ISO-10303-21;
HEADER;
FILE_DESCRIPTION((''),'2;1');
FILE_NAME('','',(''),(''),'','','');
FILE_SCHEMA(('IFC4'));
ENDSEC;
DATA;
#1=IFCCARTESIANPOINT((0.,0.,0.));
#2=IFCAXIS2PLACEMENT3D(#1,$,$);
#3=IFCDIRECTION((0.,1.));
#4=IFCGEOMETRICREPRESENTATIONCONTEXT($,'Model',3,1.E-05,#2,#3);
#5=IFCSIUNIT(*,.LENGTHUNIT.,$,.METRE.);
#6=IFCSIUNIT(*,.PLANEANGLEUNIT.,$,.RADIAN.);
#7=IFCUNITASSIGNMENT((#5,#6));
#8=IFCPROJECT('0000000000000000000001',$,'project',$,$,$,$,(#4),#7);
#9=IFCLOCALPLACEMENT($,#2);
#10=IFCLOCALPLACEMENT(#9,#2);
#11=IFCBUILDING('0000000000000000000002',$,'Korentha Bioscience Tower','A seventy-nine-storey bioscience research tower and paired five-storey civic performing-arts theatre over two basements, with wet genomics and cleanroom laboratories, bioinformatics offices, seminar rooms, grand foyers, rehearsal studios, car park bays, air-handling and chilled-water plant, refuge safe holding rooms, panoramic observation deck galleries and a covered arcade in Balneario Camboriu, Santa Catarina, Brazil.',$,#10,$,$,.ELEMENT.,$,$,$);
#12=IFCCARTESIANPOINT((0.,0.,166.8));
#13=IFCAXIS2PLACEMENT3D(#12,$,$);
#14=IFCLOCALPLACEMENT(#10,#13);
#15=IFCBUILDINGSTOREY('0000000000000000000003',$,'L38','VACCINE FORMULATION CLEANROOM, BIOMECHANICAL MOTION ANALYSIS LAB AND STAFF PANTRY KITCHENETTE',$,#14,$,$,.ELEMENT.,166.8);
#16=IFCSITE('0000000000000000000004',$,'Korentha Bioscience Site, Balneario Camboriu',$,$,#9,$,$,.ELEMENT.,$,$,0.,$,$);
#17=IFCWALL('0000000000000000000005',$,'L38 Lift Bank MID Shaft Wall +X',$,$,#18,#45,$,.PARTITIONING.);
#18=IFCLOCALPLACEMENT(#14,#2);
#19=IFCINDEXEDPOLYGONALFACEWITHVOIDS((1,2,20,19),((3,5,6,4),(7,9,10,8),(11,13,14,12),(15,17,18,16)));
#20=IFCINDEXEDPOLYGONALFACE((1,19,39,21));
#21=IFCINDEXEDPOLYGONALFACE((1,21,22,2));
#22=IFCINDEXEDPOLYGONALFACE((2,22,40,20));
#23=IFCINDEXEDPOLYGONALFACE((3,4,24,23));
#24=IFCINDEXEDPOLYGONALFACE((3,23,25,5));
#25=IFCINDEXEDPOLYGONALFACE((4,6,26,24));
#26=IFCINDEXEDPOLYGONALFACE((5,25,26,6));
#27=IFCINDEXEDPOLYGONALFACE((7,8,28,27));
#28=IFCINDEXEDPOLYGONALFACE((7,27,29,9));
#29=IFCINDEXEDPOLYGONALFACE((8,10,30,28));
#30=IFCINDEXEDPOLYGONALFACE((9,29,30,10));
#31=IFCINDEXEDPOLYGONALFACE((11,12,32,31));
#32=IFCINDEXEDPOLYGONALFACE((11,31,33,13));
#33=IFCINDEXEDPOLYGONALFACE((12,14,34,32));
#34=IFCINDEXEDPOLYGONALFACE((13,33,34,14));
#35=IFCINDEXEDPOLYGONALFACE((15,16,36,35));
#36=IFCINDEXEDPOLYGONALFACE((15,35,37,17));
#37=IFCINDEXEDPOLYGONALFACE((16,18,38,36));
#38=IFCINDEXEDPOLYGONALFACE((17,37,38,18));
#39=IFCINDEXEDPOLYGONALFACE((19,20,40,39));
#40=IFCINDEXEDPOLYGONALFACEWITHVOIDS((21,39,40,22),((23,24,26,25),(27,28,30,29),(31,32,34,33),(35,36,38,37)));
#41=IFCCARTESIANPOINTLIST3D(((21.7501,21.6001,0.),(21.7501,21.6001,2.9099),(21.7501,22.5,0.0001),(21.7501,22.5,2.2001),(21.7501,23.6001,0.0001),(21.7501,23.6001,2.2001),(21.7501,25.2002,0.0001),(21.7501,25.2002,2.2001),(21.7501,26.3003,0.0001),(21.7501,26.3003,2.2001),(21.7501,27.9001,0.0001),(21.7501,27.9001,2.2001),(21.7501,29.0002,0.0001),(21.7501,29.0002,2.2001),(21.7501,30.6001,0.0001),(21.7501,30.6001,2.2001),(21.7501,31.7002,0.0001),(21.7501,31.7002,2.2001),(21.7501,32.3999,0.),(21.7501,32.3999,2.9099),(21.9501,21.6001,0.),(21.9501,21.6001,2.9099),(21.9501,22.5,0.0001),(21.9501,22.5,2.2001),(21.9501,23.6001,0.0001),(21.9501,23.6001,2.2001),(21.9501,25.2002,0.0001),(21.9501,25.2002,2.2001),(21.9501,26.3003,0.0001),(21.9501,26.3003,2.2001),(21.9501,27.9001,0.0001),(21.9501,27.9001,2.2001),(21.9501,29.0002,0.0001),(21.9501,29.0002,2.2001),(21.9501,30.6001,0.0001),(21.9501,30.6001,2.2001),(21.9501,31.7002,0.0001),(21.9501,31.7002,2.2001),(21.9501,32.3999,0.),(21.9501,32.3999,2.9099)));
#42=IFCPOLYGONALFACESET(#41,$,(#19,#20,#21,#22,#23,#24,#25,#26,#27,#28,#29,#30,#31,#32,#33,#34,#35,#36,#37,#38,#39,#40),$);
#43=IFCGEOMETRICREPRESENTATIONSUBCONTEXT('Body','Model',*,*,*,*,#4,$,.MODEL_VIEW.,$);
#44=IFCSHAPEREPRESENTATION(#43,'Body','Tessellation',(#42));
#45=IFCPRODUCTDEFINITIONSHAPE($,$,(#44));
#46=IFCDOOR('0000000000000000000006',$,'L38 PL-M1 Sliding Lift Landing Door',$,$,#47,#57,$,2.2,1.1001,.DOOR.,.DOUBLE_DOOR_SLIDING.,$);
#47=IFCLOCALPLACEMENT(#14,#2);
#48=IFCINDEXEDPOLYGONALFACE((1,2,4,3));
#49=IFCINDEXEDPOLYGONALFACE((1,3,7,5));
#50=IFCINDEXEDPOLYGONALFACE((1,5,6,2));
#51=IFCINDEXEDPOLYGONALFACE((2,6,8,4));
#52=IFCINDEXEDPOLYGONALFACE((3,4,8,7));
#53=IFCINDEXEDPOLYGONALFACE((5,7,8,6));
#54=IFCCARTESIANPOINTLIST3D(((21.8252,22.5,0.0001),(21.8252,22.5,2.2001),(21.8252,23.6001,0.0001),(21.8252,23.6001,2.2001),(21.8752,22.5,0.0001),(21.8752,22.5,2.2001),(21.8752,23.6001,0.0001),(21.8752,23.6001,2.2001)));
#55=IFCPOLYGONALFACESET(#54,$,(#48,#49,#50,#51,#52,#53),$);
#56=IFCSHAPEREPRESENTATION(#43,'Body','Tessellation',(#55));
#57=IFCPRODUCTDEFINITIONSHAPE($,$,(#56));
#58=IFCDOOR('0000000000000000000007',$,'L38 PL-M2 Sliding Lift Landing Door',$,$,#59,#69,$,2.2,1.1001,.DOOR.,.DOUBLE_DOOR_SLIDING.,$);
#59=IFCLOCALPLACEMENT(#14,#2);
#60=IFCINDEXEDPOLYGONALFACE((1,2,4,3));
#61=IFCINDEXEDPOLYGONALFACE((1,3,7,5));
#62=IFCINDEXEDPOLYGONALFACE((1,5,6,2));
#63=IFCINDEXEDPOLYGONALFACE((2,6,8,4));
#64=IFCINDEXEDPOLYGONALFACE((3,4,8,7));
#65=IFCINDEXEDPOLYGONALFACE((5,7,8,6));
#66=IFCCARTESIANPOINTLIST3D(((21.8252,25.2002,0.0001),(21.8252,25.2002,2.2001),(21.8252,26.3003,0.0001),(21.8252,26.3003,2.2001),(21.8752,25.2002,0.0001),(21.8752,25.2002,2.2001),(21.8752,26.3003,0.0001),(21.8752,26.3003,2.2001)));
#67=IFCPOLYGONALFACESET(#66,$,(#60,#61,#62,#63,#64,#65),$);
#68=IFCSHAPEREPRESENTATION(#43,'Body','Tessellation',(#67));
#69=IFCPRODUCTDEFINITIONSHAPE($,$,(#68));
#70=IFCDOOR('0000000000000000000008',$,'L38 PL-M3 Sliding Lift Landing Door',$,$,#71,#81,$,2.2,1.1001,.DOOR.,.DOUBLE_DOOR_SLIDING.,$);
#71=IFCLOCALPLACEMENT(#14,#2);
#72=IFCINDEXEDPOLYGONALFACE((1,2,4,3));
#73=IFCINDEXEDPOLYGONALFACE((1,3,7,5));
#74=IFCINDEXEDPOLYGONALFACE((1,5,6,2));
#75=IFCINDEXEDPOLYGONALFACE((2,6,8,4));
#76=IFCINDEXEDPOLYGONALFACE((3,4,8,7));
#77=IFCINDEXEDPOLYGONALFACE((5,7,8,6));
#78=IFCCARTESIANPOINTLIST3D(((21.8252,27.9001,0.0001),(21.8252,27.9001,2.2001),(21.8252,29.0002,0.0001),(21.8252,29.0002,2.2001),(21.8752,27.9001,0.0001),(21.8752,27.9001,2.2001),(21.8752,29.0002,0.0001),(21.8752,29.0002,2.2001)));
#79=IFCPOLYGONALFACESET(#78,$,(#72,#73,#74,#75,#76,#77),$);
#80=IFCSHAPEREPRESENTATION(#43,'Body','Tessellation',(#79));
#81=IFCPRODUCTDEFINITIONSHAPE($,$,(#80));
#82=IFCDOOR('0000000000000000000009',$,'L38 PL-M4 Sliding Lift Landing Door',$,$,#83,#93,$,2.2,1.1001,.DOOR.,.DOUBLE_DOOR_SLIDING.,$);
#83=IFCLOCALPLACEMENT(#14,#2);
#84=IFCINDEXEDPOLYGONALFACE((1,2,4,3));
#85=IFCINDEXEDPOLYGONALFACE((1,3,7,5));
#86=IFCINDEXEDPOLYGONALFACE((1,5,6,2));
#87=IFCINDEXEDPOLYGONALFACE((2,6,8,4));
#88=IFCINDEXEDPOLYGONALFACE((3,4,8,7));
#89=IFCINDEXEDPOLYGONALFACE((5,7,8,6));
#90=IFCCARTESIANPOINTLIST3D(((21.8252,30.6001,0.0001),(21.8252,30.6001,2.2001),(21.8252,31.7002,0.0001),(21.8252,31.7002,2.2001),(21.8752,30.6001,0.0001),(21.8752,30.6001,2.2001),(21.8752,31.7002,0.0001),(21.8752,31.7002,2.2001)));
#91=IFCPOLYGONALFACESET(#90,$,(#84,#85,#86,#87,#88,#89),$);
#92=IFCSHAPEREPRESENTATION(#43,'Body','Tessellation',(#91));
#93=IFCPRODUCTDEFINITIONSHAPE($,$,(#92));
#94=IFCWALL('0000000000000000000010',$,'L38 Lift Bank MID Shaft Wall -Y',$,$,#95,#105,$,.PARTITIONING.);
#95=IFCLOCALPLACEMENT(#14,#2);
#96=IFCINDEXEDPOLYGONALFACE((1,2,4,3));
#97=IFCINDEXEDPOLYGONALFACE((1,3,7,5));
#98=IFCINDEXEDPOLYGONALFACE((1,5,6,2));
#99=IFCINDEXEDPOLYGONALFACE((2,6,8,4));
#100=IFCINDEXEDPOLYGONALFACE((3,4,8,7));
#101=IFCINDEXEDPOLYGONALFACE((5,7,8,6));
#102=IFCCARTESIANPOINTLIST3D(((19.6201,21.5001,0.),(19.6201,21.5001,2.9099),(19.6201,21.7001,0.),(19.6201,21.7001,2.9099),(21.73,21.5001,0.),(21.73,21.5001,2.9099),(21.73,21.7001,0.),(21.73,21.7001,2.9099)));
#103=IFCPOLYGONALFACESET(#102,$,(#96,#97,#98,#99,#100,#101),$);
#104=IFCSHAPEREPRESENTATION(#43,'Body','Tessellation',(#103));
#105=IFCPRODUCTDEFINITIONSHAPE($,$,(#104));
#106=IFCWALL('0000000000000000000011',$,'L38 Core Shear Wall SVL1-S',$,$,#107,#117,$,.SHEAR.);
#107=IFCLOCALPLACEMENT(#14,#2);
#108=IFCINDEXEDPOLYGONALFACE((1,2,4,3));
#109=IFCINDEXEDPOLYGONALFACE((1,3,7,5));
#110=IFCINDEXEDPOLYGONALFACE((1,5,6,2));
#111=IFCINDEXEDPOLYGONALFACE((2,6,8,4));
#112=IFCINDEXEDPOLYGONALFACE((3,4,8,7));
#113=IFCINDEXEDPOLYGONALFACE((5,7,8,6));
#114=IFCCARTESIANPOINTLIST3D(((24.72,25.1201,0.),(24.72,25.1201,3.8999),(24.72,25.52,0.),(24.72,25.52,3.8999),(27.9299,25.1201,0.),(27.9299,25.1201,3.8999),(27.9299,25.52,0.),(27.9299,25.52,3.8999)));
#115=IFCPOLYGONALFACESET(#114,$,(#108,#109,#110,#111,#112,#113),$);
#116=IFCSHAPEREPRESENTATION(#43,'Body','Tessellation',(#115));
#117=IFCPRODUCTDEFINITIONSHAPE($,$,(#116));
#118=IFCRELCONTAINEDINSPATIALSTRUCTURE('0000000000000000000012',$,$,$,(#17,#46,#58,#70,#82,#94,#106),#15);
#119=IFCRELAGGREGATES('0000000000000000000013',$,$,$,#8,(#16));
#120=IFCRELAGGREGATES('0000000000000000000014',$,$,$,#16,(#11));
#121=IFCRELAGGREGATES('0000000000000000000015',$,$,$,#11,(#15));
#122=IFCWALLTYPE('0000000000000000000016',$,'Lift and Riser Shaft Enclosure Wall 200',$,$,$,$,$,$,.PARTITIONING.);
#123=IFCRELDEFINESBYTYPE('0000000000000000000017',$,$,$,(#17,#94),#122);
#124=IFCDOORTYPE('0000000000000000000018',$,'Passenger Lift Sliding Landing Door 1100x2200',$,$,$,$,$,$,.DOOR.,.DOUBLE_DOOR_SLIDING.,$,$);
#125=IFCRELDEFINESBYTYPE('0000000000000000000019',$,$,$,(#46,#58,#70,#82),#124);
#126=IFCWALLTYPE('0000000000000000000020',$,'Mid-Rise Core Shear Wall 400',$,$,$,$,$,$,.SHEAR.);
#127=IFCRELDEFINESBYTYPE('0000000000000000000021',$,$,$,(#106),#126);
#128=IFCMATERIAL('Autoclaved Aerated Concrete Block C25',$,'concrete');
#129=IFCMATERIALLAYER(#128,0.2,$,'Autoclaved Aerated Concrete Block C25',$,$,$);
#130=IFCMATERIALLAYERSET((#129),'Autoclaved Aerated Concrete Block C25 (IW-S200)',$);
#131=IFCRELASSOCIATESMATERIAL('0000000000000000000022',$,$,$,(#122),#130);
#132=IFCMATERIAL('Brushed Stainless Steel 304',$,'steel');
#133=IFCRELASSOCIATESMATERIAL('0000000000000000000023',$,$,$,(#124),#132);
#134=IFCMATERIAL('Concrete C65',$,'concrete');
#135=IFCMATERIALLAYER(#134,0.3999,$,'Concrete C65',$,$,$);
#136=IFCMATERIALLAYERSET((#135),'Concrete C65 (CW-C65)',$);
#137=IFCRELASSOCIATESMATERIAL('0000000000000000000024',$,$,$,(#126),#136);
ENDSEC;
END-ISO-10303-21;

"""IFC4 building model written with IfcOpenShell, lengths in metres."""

from ifc_helpers import new_model, si_unit, direction, frame, frame_2d, origin, place, context, subcontext, project, spatial, rectangle, extrude, material, layer, layer_set, type_object, element, fill, save


model = new_model("IFC4")

# Units and contexts
model_context = context("Model", 3, precision=1e-05, world=origin(), true_north=direction((0.0, 1.0)))
body_context = subcontext(model_context, "Body", "Model", "MODEL_VIEW")
ifc_project = project(units=[si_unit("LENGTHUNIT", "METRE"), si_unit("PLANEANGLEUNIT", "RADIAN")], contexts=[model_context])

# Site, building, storey
site_placement = place(None, origin())
site = spatial("IfcSite", under=ifc_project, at=site_placement, Name="Korentha Bioscience Site, Balneario Camboriu", CompositionType="ELEMENT", RefElevation=0.0)
building_placement = place(site_placement, origin())
building = spatial("IfcBuilding", under=site, at=building_placement, Name="Korentha Bioscience Tower", Description="A seventy-nine-storey bioscience research tower and paired five-storey civic performing-arts theatre over two basements, with wet genomics and cleanroom laboratories, bioinformatics offices, seminar rooms, grand foyers, rehearsal studios, car park bays, air-handling and chilled-water plant, refuge safe holding rooms, panoramic observation deck galleries and a covered arcade in Balneario Camboriu, Santa Catarina, Brazil.", CompositionType="ELEMENT")
storey_placement = place(building_placement, frame((0.0, 0.0, 166.8)))
storey = spatial("IfcBuildingStorey", under=building, at=storey_placement, Name="L38", Description="VACCINE FORMULATION CLEANROOM, BIOMECHANICAL MOTION ANALYSIS LAB AND STAFF PANTRY KITCHENETTE", CompositionType="ELEMENT", Elevation=166.8)

# Shared definitions
ifc_material_1 = material(Name="Concrete C65", Category="concrete")

# Shared definitions
ifc_material_2 = material(Name="Autoclaved Aerated Concrete Block C25", Category="concrete")
ifc_layer_1 = layer(ifc_material_2, 0.2, Name="Autoclaved Aerated Concrete Block C25")
ifc_layer_set_1 = layer_set([ifc_layer_1], Name="Autoclaved Aerated Concrete Block C25 (IW-S200)")
wall_type_1 = type_object("IfcWallType", Name="Lift and Riser Shaft Enclosure Wall 200", PredefinedType="PARTITIONING", material=ifc_layer_set_1)

# Wall, openings, doors
wall_1_placement = place(storey_placement, frame((21.8501, 21.6001, 0.0), z_axis=(0.0, 0.0, 1.0), x_axis=(0.0, 1.0, 0.0)))
wall_1 = element("IfcWall", 1, at=wall_1_placement, inside=storey, type_object=wall_type_1, Name="L38 Lift Bank MID Shaft Wall +X", PredefinedType="PARTITIONING", context=body_context, shape_type="SweptSolid", body=[
    extrude(rectangle(XDim=10.7998, YDim=0.2, at=frame_2d((5.3999, 0.0))), origin(), (0.0, 0.0, 1.0), 2.9099),
])
opening_1_placement = place(wall_1_placement, frame((0.8999, 0.0, 0.0)))
opening_1 = element("IfcOpeningElement", 2, at=opening_1_placement, cuts=wall_1, PredefinedType="OPENING", context=body_context, shape_type="SweptSolid", body=[
    extrude(rectangle(XDim=1.1001, YDim=2.2, at=frame_2d((0.55, 1.1001))), frame((0.0, 0.1147, 0.0), z_axis=(0.0, -1.0, 0.0), x_axis=(1.0, 0.0, 0.0)), (0.0, 0.0, 1.0), 0.2297),
])
opening_2_placement = place(wall_1_placement, frame((3.6001, 0.0, 0.0)))
opening_2 = element("IfcOpeningElement", 3, at=opening_2_placement, cuts=wall_1, PredefinedType="OPENING", context=body_context, shape_type="SweptSolid", body=[
    extrude(rectangle(XDim=1.1001, YDim=2.2, at=frame_2d((0.55, 1.1001))), frame((0.0, 0.1147, 0.0), z_axis=(0.0, -1.0, 0.0), x_axis=(1.0, 0.0, 0.0)), (0.0, 0.0, 1.0), 0.2297),
])
opening_3_placement = place(wall_1_placement, frame((6.3, 0.0, 0.0)))
opening_3 = element("IfcOpeningElement", 4, at=opening_3_placement, cuts=wall_1, PredefinedType="OPENING", context=body_context, shape_type="SweptSolid", body=[
    extrude(rectangle(XDim=1.1001, YDim=2.2, at=frame_2d((0.55, 1.1001))), frame((0.0, 0.1147, 0.0), z_axis=(0.0, -1.0, 0.0), x_axis=(1.0, 0.0, 0.0)), (0.0, 0.0, 1.0), 0.2297),
])
opening_4_placement = place(wall_1_placement, frame((9.0, 0.0, 0.0)))
opening_4 = element("IfcOpeningElement", 5, at=opening_4_placement, cuts=wall_1, PredefinedType="OPENING", context=body_context, shape_type="SweptSolid", body=[
    extrude(rectangle(XDim=1.1001, YDim=2.2, at=frame_2d((0.55, 1.1001))), frame((0.0, 0.1147, 0.0), z_axis=(0.0, -1.0, 0.0), x_axis=(1.0, 0.0, 0.0)), (0.0, 0.0, 1.0), 0.2297),
])
ifc_material_3 = material(Name="Brushed Stainless Steel 304", Category="steel")
door_type_1 = type_object("IfcDoorType", Name="Passenger Lift Sliding Landing Door 1100x2200", OperationType="DOUBLE_DOOR_SLIDING", PredefinedType="DOOR", material=ifc_material_3)
door_1_placement = place(opening_1_placement, origin())
door_1 = element("IfcDoor", 6, at=door_1_placement, inside=storey, type_object=door_type_1, Name="L38 PL-M1 Sliding Lift Landing Door", OperationType="DOUBLE_DOOR_SLIDING", OverallHeight=2.2, OverallWidth=1.1001, PredefinedType="DOOR", context=body_context, shape_type="SweptSolid", body=[
    extrude(rectangle(XDim=1.1001, YDim=2.2, at=frame_2d((0.55, 1.1001))), frame((0.0, 0.0249, 0.0), z_axis=(0.0, -1.0, 0.0), x_axis=(1.0, 0.0, 0.0)), (0.0, 0.0, 1.0), 0.05),
])
fill(opening_1, door_1)
door_2_placement = place(opening_2_placement, origin())
door_2 = element("IfcDoor", 7, at=door_2_placement, inside=storey, type_object=door_type_1, Name="L38 PL-M2 Sliding Lift Landing Door", OperationType="DOUBLE_DOOR_SLIDING", OverallHeight=2.2, OverallWidth=1.1001, PredefinedType="DOOR", context=body_context, shape_type="SweptSolid", body=[
    extrude(rectangle(XDim=1.1001, YDim=2.2, at=frame_2d((0.55, 1.1001))), frame((0.0, 0.0249, 0.0), z_axis=(0.0, -1.0, 0.0), x_axis=(1.0, 0.0, 0.0)), (0.0, 0.0, 1.0), 0.05),
])
fill(opening_2, door_2)
door_3_placement = place(opening_3_placement, origin())
door_3 = element("IfcDoor", 8, at=door_3_placement, inside=storey, type_object=door_type_1, Name="L38 PL-M3 Sliding Lift Landing Door", OperationType="DOUBLE_DOOR_SLIDING", OverallHeight=2.2, OverallWidth=1.1001, PredefinedType="DOOR", context=body_context, shape_type="SweptSolid", body=[
    extrude(rectangle(XDim=1.1001, YDim=2.2, at=frame_2d((0.55, 1.1001))), frame((0.0, 0.0249, 0.0), z_axis=(0.0, -1.0, 0.0), x_axis=(1.0, 0.0, 0.0)), (0.0, 0.0, 1.0), 0.05),
])
fill(opening_3, door_3)
door_4_placement = place(opening_4_placement, origin())
door_4 = element("IfcDoor", 9, at=door_4_placement, inside=storey, type_object=door_type_1, Name="L38 PL-M4 Sliding Lift Landing Door", OperationType="DOUBLE_DOOR_SLIDING", OverallHeight=2.2, OverallWidth=1.1001, PredefinedType="DOOR", context=body_context, shape_type="SweptSolid", body=[
    extrude(rectangle(XDim=1.1001, YDim=2.2, at=frame_2d((0.55, 1.1001))), frame((0.0, 0.0249, 0.0), z_axis=(0.0, -1.0, 0.0), x_axis=(1.0, 0.0, 0.0)), (0.0, 0.0, 1.0), 0.05),
])
fill(opening_4, door_4)

# Walls
wall_2_placement = place(storey_placement, frame((19.6201, 21.6001, 0.0), z_axis=(0.0, 0.0, 1.0), x_axis=(1.0, 0.0, 0.0)))
element("IfcWall", 10, at=wall_2_placement, inside=storey, type_object=wall_type_1, Name="L38 Lift Bank MID Shaft Wall -Y", PredefinedType="PARTITIONING", context=body_context, shape_type="SweptSolid", body=[
    extrude(rectangle(XDim=2.1099, YDim=0.2, at=frame_2d((1.0549, 0.0))), origin(), (0.0, 0.0, 1.0), 2.9099),
])
ifc_layer_2 = layer(ifc_material_1, 0.3999, Name="Concrete C65")
ifc_layer_set_2 = layer_set([ifc_layer_2], Name="Concrete C65 (CW-C65)")
wall_type_2 = type_object("IfcWallType", Name="Mid-Rise Core Shear Wall 400", PredefinedType="SHEAR", material=ifc_layer_set_2)
wall_3_placement = place(storey_placement, frame((24.72, 25.3201, 0.0), z_axis=(0.0, 0.0, 1.0), x_axis=(1.0, 0.0, 0.0)))
element("IfcWall", 11, at=wall_3_placement, inside=storey, type_object=wall_type_2, Name="L38 Core Shear Wall SVL1-S", PredefinedType="SHEAR", context=body_context, shape_type="SweptSolid", body=[
    extrude(rectangle(XDim=3.21, YDim=0.3999, at=frame_2d((1.605, 0.0))), origin(), (0.0, 0.0, 1.0), 3.8999),
])

save(model, "model.ifc")
